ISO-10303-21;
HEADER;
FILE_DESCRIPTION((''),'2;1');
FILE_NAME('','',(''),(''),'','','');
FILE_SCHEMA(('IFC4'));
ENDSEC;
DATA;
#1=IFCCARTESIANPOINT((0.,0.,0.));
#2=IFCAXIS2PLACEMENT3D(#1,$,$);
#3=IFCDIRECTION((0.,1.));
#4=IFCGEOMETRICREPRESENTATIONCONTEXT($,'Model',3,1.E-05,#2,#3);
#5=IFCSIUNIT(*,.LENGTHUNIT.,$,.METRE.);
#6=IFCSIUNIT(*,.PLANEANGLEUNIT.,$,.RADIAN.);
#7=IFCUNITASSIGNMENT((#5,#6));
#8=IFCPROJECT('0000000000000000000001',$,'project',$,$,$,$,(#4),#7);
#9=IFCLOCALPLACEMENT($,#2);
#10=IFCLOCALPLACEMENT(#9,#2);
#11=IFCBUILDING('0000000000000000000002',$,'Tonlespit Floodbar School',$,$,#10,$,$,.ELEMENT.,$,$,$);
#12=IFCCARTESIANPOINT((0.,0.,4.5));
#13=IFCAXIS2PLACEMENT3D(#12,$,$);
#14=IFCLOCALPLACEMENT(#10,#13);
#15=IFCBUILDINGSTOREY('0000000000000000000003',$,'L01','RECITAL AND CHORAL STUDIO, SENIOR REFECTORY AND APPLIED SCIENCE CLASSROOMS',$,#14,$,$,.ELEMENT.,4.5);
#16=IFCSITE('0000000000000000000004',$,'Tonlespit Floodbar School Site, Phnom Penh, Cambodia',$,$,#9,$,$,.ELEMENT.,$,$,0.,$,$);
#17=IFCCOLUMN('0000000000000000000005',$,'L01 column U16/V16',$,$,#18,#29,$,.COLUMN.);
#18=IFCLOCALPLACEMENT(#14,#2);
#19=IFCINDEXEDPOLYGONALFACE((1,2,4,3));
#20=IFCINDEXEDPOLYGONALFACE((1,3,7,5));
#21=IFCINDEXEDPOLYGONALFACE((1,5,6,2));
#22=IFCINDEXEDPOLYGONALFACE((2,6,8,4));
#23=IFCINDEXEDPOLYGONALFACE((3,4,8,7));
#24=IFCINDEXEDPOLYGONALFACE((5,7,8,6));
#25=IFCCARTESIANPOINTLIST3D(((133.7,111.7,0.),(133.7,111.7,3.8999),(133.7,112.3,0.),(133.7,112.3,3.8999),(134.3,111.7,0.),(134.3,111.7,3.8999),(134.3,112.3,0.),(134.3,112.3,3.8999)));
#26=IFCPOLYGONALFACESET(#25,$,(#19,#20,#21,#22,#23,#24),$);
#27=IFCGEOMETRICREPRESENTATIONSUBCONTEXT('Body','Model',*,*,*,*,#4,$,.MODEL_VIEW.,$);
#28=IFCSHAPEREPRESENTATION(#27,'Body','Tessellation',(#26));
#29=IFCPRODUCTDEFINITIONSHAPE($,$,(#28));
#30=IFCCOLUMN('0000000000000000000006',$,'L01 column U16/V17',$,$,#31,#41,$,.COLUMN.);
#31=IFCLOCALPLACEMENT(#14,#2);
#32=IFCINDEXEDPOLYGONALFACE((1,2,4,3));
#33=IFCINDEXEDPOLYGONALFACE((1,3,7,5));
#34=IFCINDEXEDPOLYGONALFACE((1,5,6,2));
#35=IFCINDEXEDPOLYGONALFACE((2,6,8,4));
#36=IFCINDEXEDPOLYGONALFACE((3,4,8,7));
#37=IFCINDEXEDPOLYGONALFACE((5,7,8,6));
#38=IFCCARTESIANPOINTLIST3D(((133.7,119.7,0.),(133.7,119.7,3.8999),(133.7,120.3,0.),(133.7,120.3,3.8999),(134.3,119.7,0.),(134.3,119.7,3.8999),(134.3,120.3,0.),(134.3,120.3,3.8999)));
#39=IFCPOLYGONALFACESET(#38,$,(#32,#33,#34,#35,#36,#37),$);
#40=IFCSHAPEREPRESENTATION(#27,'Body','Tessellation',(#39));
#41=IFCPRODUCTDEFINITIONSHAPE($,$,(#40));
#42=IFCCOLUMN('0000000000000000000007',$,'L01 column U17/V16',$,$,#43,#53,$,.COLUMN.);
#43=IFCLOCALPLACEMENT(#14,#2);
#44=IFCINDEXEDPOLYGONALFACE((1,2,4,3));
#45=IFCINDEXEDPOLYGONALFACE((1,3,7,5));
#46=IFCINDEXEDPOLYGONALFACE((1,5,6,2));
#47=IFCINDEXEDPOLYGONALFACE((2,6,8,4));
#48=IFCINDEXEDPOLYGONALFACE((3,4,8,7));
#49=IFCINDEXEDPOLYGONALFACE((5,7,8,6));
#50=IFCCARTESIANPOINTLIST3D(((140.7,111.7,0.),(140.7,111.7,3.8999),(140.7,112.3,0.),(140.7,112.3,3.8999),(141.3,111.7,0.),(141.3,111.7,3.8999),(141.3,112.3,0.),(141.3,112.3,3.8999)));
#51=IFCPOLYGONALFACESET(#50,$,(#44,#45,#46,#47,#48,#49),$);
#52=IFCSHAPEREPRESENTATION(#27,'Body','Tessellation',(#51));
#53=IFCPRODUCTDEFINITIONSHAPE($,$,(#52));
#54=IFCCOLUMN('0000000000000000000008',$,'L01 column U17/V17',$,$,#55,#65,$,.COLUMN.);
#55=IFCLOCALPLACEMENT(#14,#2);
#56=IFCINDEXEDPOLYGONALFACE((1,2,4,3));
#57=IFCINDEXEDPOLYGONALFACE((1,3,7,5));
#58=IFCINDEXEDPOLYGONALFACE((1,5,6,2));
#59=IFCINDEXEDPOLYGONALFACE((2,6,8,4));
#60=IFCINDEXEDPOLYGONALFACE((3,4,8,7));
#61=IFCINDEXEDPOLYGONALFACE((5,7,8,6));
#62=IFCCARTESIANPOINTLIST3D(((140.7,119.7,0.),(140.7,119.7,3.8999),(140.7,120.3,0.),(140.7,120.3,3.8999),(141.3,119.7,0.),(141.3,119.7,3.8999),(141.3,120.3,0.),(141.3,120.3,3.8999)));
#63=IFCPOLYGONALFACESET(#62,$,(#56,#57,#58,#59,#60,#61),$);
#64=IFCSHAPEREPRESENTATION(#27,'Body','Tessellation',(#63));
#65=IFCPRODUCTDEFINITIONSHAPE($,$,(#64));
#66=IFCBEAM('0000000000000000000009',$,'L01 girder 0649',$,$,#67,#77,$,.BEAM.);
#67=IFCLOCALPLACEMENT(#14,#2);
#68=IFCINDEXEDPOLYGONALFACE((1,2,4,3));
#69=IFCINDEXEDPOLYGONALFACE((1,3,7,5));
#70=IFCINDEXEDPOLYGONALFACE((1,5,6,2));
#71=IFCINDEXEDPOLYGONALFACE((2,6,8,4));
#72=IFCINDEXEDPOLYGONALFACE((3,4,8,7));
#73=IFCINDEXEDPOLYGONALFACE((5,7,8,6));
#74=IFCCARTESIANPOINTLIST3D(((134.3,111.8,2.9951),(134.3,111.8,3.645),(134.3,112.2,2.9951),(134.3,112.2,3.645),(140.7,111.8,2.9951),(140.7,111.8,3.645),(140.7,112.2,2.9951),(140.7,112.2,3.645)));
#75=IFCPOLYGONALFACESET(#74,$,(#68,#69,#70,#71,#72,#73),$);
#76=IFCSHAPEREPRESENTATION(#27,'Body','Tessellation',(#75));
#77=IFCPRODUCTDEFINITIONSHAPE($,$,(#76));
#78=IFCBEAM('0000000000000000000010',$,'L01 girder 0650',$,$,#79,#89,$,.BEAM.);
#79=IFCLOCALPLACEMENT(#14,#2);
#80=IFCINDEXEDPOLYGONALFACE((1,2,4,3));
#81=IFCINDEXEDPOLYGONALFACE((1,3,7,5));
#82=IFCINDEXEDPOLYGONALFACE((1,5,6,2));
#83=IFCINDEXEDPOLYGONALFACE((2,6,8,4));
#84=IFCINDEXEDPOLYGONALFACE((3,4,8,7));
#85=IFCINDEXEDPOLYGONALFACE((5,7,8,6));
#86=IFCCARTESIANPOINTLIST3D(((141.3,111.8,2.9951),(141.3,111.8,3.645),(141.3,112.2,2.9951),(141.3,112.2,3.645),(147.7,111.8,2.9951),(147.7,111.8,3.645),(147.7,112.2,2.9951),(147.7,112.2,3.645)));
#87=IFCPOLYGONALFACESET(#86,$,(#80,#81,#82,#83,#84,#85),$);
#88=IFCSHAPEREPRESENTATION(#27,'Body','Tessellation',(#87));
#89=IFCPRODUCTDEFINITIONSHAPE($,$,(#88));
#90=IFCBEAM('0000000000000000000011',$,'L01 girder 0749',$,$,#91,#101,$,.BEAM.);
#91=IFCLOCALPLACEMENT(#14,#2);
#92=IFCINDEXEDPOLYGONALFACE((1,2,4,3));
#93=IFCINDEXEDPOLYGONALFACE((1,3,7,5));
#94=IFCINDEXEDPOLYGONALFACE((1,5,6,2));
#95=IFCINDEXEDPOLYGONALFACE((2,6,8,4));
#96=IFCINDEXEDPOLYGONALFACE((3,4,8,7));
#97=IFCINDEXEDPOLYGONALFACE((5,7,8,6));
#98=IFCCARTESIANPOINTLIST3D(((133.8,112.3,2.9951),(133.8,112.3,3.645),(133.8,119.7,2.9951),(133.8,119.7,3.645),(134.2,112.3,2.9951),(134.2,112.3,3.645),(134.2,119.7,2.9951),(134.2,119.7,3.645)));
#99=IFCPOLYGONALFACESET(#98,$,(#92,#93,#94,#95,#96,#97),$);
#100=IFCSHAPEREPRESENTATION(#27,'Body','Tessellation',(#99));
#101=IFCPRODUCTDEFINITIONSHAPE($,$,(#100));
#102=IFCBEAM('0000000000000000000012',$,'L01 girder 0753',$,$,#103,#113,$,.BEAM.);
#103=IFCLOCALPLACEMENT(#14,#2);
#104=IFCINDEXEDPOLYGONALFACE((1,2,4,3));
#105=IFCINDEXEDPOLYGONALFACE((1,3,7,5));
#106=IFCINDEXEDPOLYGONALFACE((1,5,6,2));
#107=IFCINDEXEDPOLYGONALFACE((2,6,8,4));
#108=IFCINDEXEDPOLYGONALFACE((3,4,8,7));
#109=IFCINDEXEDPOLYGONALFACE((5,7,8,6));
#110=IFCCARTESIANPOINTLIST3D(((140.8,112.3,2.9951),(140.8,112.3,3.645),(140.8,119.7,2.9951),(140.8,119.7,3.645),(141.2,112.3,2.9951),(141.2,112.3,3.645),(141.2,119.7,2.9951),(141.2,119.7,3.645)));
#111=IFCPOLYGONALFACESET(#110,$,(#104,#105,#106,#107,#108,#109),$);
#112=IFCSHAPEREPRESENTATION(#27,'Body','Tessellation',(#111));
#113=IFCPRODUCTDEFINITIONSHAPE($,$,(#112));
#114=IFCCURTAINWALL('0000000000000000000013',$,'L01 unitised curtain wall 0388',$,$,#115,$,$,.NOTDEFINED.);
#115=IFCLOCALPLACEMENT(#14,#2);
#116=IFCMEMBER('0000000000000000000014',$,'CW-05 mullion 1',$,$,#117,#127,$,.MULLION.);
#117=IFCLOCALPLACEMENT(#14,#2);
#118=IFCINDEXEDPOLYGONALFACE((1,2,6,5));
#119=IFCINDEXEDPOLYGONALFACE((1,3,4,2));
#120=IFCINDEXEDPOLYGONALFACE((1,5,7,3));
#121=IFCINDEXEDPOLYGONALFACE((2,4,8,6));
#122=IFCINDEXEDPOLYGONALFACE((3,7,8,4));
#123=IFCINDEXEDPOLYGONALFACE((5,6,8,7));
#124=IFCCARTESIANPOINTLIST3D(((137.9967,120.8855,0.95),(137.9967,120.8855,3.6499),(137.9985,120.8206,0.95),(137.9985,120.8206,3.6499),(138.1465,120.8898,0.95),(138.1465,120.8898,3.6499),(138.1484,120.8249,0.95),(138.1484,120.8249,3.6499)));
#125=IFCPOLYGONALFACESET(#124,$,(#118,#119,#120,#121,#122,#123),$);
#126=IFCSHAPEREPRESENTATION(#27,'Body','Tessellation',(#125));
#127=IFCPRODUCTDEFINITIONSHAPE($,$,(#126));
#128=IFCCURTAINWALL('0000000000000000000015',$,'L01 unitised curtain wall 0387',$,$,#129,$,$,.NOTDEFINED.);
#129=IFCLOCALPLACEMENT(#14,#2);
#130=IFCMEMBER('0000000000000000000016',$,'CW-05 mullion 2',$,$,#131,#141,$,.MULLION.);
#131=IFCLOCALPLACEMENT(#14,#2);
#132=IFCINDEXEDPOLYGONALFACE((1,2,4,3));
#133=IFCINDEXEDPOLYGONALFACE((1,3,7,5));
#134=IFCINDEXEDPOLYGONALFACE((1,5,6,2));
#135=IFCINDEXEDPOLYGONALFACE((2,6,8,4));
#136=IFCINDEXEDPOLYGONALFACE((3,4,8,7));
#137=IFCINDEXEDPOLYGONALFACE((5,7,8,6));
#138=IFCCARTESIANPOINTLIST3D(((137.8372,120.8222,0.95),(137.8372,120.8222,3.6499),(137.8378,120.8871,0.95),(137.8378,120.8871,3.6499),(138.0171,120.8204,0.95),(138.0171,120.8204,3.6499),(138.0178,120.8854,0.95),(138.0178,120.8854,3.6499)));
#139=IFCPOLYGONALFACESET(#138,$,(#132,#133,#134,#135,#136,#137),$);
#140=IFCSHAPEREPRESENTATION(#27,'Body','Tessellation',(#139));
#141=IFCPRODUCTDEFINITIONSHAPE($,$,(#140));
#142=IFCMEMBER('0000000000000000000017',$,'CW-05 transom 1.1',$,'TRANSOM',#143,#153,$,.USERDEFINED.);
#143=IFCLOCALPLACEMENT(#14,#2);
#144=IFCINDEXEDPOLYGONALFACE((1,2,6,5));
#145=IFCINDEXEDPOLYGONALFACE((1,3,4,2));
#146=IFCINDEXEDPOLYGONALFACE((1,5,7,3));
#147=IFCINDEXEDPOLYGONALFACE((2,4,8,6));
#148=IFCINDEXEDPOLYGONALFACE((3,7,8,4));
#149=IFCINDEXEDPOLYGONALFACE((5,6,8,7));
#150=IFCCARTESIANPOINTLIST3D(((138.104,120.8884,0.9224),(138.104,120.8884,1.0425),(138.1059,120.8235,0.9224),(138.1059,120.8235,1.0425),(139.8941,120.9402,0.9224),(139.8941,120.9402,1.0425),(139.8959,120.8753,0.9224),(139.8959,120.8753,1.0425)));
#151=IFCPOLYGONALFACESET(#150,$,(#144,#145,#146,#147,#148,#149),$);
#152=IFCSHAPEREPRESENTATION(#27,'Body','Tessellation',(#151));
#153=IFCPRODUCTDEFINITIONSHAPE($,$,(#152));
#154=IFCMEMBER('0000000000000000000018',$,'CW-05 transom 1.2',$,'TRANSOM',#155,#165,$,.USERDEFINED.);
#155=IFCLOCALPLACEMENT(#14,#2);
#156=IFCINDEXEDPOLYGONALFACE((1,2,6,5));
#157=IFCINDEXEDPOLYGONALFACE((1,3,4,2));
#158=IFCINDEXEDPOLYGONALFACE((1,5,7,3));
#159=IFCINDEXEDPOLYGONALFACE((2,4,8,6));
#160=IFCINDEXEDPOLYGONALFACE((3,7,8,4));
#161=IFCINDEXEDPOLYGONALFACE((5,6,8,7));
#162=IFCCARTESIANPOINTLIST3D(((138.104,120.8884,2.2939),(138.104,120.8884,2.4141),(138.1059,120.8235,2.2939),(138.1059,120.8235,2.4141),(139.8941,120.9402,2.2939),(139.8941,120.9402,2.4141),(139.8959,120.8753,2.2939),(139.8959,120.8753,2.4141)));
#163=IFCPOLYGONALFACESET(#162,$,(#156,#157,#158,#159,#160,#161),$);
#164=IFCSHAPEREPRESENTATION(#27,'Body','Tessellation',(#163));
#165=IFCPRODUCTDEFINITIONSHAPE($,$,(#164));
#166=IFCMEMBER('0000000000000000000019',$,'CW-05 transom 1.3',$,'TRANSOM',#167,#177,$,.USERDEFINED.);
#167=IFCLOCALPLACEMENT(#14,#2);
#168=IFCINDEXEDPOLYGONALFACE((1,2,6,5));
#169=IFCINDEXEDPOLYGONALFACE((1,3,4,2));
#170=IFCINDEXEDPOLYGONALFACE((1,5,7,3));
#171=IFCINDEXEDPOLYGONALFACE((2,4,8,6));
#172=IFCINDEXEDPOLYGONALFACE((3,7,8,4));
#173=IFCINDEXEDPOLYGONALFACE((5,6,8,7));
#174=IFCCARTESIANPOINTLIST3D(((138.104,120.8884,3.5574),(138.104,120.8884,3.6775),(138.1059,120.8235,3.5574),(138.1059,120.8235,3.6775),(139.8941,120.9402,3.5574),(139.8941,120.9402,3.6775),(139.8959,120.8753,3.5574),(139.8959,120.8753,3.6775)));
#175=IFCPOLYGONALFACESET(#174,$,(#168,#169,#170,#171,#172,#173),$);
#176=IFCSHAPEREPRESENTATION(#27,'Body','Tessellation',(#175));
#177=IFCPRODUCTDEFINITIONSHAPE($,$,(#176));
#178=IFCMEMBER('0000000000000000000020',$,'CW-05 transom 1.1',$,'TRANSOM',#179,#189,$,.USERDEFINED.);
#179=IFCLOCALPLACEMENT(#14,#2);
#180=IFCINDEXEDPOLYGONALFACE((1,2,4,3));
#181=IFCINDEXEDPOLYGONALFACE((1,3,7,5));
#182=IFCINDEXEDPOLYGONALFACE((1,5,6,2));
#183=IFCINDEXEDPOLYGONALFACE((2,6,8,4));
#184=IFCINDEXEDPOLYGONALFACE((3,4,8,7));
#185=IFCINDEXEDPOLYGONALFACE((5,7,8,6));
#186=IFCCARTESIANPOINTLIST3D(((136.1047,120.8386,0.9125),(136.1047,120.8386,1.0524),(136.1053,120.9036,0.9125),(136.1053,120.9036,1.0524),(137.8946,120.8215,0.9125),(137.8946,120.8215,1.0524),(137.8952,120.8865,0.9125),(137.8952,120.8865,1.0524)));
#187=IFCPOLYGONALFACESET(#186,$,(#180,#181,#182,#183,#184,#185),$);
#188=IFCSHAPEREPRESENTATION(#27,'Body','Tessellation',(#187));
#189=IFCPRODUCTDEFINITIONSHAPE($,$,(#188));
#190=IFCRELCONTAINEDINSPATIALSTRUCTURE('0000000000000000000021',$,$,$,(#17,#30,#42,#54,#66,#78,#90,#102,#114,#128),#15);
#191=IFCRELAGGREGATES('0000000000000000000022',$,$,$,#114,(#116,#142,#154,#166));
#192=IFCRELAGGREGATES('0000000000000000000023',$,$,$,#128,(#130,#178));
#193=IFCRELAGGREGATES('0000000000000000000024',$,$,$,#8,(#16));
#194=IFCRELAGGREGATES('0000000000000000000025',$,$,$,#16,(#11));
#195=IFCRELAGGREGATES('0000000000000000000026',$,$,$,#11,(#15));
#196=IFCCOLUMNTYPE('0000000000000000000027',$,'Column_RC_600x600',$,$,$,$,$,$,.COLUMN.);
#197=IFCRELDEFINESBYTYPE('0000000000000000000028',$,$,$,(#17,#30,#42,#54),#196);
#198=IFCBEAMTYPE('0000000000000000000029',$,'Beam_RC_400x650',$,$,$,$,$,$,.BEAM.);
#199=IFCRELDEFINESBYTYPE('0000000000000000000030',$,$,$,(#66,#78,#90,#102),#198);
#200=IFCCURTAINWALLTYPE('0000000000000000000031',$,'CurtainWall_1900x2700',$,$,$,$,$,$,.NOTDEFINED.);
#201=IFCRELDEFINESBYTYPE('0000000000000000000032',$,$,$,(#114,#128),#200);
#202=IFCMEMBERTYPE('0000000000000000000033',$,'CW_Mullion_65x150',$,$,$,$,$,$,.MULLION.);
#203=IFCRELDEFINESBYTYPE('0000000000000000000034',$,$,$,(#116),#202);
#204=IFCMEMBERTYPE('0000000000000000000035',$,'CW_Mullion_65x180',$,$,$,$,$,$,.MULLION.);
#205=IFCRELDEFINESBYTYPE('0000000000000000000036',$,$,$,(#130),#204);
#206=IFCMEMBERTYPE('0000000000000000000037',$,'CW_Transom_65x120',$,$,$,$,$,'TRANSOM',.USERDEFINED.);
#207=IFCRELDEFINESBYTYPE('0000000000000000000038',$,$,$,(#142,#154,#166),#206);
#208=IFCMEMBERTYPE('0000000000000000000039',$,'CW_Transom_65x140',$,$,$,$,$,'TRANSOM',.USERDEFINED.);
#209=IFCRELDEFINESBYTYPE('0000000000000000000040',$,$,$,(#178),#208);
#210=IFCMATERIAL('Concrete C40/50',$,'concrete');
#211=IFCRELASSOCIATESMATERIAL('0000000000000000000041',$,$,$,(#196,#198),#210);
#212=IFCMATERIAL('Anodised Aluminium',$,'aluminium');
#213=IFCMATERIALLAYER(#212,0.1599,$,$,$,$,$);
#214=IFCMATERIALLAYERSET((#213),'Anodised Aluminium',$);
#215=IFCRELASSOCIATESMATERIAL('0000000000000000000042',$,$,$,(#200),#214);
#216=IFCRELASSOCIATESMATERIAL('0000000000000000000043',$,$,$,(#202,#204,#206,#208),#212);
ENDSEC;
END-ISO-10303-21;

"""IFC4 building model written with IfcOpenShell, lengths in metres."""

from ifc_helpers import new_model, si_unit, direction, frame, origin, origin_2d, place, context, subcontext, project, spatial, rectangle, extrude, material, layer, layer_set, material_profile, profile_set, type_object, element, aggregate, save


model = new_model("IFC4")

# Units and contexts
model_context = context("Model", 3, precision=1e-05, world=origin(), true_north=direction((0.0, 1.0)))
body_context = subcontext(model_context, "Body", "Model", "MODEL_VIEW")
ifc_project = project(units=[si_unit("LENGTHUNIT", "METRE"), si_unit("PLANEANGLEUNIT", "RADIAN")], contexts=[model_context])

# Site, building, storey
site_placement = place(None, origin())
site = spatial("IfcSite", under=ifc_project, at=site_placement, Name="Tonlespit Floodbar School Site, Phnom Penh, Cambodia", CompositionType="ELEMENT", RefElevation=0.0)
building_placement = place(site_placement, origin())
building = spatial("IfcBuilding", under=site, at=building_placement, Name="Tonlespit Floodbar School", CompositionType="ELEMENT")
storey_placement = place(building_placement, frame((0.0, 0.0, 4.5)))
storey = spatial("IfcBuildingStorey", under=building, at=storey_placement, Name="L01", Description="RECITAL AND CHORAL STUDIO, SENIOR REFECTORY AND APPLIED SCIENCE CLASSROOMS", CompositionType="ELEMENT", Elevation=4.5)

# Columns
ifc_material_1 = material(Name="Concrete C40/50", Category="concrete")
ifc_material_profile_1 = material_profile(ifc_material_1, rectangle(XDim=0.6001, YDim=0.6001, at=origin_2d()), Name="RC 600x600")
ifc_profile_set_1 = profile_set([ifc_material_profile_1], Name="Concrete C40/50")
column_type = type_object("IfcColumnType", Name="Column_RC_600x600", PredefinedType="COLUMN", material=ifc_profile_set_1)
for number, where, z_axis, x_axis, name in (
    (1, (134.0, 112.0, 0.0), (0.0, 0.0, 1.0), (1.0, 0.0, 0.0), "L01 column U16/V16"),
    (2, (134.0, 120.0, 0.0), (0.0, 0.0, 1.0), (1.0, 0.0, 0.0), "L01 column U16/V17"),
    (3, (141.0, 112.0, 0.0), (0.0, 0.0, 1.0), (1.0, 0.0, 0.0), "L01 column U17/V16"),
    (4, (141.0, 120.0, 0.0), (0.0, 0.0, 1.0), (1.0, 0.0, 0.0), "L01 column U17/V17"),
):
    element("IfcColumn", number, at=place(storey_placement, frame(where, z_axis=z_axis, x_axis=x_axis)), inside=storey, type_object=column_type, Name=name, PredefinedType="COLUMN", context=body_context, shape_type="SweptSolid", body=[
        extrude(rectangle(XDim=0.6001, YDim=0.6001, at=origin_2d()), origin(), (0.0, 0.0, 1.0), 3.8999),
    ])

# Beams
ifc_material_profile_2 = material_profile(ifc_material_1, rectangle(XDim=0.3999, YDim=0.6499, at=origin_2d()), Name="RC 400x650")
ifc_profile_set_2 = profile_set([ifc_material_profile_2], Name="Concrete C40/50")
beam_type_1 = type_object("IfcBeamType", Name="Beam_RC_400x650", PredefinedType="BEAM", material=ifc_profile_set_2)
for number, where, z_axis, x_axis, name in (
    (5, (134.3, 112.0, 3.3201), (1.0, 0.0, 0.0), (0.0, 1.0, 0.0), "L01 girder 0649"),
    (6, (141.3, 112.0, 3.3201), (1.0, 0.0, 0.0), (0.0, 1.0, 0.0), "L01 girder 0650"),
):
    element("IfcBeam", number, at=place(storey_placement, frame(where, z_axis=z_axis, x_axis=x_axis)), inside=storey, type_object=beam_type_1, Name=name, PredefinedType="BEAM", context=body_context, shape_type="SweptSolid", body=[
        extrude(rectangle(XDim=0.3999, YDim=0.6499, at=origin_2d()), origin(), (0.0, 0.0, 1.0), 6.3999),
    ])
for number, where, z_axis, x_axis, name in (
    (7, (134.0, 112.3, 3.3201), (0.0, 1.0, 0.0), (-1.0, 0.0, 0.0), "L01 girder 0749"),
    (8, (141.0, 112.3, 3.3201), (0.0, 1.0, 0.0), (-1.0, 0.0, 0.0), "L01 girder 0753"),
):
    element("IfcBeam", number, at=place(storey_placement, frame(where, z_axis=z_axis, x_axis=x_axis)), inside=storey, type_object=beam_type_1, Name=name, PredefinedType="BEAM", context=body_context, shape_type="SweptSolid", body=[
        extrude(rectangle(XDim=0.3999, YDim=0.6499, at=origin_2d()), origin(), (0.0, 0.0, 1.0), 7.3999),
    ])

# Curtain walls, members
ifc_material_2 = material(Name="Anodised Aluminium", Category="aluminium")
ifc_layer_1 = layer(ifc_material_2, 0.1599)
ifc_layer_set_1 = layer_set([ifc_layer_1], Name="Anodised Aluminium")
curtain_wall_type = type_object("IfcCurtainWallType", Name="CurtainWall_1900x2700", PredefinedType="NOTDEFINED", material=ifc_layer_set_1)
curtain_wall_1_placement = place(storey_placement, origin())
curtain_wall_1 = element("IfcCurtainWall", 9, at=curtain_wall_1_placement, inside=storey, type_object=curtain_wall_type, Name="L01 unitised curtain wall 0388", PredefinedType="NOTDEFINED")
ifc_material_profile_3 = material_profile(ifc_material_2, rectangle(XDim=0.0649, YDim=0.1499, at=origin_2d()), Name="ALU M65x150")
ifc_profile_set_3 = profile_set([ifc_material_profile_3], Name="Anodised Aluminium")
member_type_1 = type_object("IfcMemberType", Name="CW_Mullion_65x150", PredefinedType="MULLION", material=ifc_profile_set_3)
member_1_placement = place(storey_placement, frame((138.0725, 120.8552, 0.95), z_axis=(0.0, 0.0, 1.0), x_axis=(-0.02879, 0.999585, 0.0)))
member_1 = element("IfcMember", 10, at=member_1_placement, type_object=member_type_1, Name="CW-05 mullion 1", PredefinedType="MULLION", context=body_context, shape_type="SweptSolid", body=[
    extrude(rectangle(XDim=0.0649, YDim=0.1499, at=origin_2d()), origin(), (0.0, 0.0, 1.0), 2.7),
])
curtain_wall_2_placement = place(storey_placement, origin())
curtain_wall_2 = element("IfcCurtainWall", 11, at=curtain_wall_2_placement, inside=storey, type_object=curtain_wall_type, Name="L01 unitised curtain wall 0387", PredefinedType="NOTDEFINED")
ifc_material_profile_4 = material_profile(ifc_material_2, rectangle(XDim=0.0649, YDim=0.1799, at=origin_2d()), Name="ALU M65x180")
ifc_profile_set_4 = profile_set([ifc_material_profile_4], Name="Anodised Aluminium")
member_type_2 = type_object("IfcMemberType", Name="CW_Mullion_65x180", PredefinedType="MULLION", material=ifc_profile_set_4)
member_2_placement = place(storey_placement, frame((137.9275, 120.8538, 0.95), z_axis=(0.0, 0.0, 1.0), x_axis=(0.009583, 0.999954, 0.0)))
member_2 = element("IfcMember", 12, at=member_2_placement, type_object=member_type_2, Name="CW-05 mullion 2", PredefinedType="MULLION", context=body_context, shape_type="SweptSolid", body=[
    extrude(rectangle(XDim=0.0649, YDim=0.1799, at=origin_2d()), origin(), (0.0, 0.0, 1.0), 2.7),
])

# Members
ifc_material_profile_5 = material_profile(ifc_material_2, rectangle(XDim=0.0649, YDim=0.1201, at=origin_2d()), Name="ALU T65x120")
ifc_profile_set_5 = profile_set([ifc_material_profile_5], Name="Anodised Aluminium")
member_type_3 = type_object("IfcMemberType", Name="CW_Transom_65x120", ElementType="TRANSOM", PredefinedType="USERDEFINED", material=ifc_profile_set_5)
member_3_placement = place(storey_placement, frame((138.105, 120.856, 0.9824), z_axis=(0.999582, 0.028902, 0.0), x_axis=(-0.028902, 0.999582, 0.0)))
member_3 = element("IfcMember", 13, at=member_3_placement, type_object=member_type_3, Name="CW-05 transom 1.1", ObjectType="TRANSOM", PredefinedType="USERDEFINED", context=body_context, shape_type="SweptSolid", body=[
    extrude(rectangle(XDim=0.0649, YDim=0.1201, at=origin_2d()), origin(), (0.0, 0.0, 1.0), 1.7908),
])
member_4_placement = place(storey_placement, frame((138.105, 120.856, 2.354), z_axis=(0.999582, 0.028902, 0.0), x_axis=(-0.028902, 0.999582, 0.0)))
member_4 = element("IfcMember", 14, at=member_4_placement, type_object=member_type_3, Name="CW-05 transom 1.2", ObjectType="TRANSOM", PredefinedType="USERDEFINED", context=body_context, shape_type="SweptSolid", body=[
    extrude(rectangle(XDim=0.0649, YDim=0.1201, at=origin_2d()), origin(), (0.0, 0.0, 1.0), 1.7908),
])
member_5_placement = place(storey_placement, frame((138.105, 120.856, 3.6174), z_axis=(0.999582, 0.028902, 0.0), x_axis=(-0.028902, 0.999582, 0.0)))
member_5 = element("IfcMember", 15, at=member_5_placement, type_object=member_type_3, Name="CW-05 transom 1.3", ObjectType="TRANSOM", PredefinedType="USERDEFINED", context=body_context, shape_type="SweptSolid", body=[
    extrude(rectangle(XDim=0.0649, YDim=0.1201, at=origin_2d()), origin(), (0.0, 0.0, 1.0), 1.7908),
])
aggregate(curtain_wall_1, [member_1, member_3, member_4, member_5])
ifc_material_profile_6 = material_profile(ifc_material_2, rectangle(XDim=0.0649, YDim=0.1399, at=origin_2d()), Name="ALU T65x140")
ifc_profile_set_6 = profile_set([ifc_material_profile_6], Name="Anodised Aluminium")
member_type_4 = type_object("IfcMemberType", Name="CW_Transom_65x140", ElementType="TRANSOM", PredefinedType="USERDEFINED", material=ifc_profile_set_6)
member_6_placement = place(storey_placement, frame((136.105, 120.8711, 0.9824), z_axis=(0.999954, -0.009547, 0.0), x_axis=(0.009547, 0.999954, 0.0)))
member_6 = element("IfcMember", 16, at=member_6_placement, type_object=member_type_4, Name="CW-05 transom 1.1", ObjectType="TRANSOM", PredefinedType="USERDEFINED", context=body_context, shape_type="SweptSolid", body=[
    extrude(rectangle(XDim=0.0649, YDim=0.1399, at=origin_2d()), origin(), (0.0, 0.0, 1.0), 1.79),
])

aggregate(curtain_wall_2, [member_2, member_6])

save(model, "model.ifc")
